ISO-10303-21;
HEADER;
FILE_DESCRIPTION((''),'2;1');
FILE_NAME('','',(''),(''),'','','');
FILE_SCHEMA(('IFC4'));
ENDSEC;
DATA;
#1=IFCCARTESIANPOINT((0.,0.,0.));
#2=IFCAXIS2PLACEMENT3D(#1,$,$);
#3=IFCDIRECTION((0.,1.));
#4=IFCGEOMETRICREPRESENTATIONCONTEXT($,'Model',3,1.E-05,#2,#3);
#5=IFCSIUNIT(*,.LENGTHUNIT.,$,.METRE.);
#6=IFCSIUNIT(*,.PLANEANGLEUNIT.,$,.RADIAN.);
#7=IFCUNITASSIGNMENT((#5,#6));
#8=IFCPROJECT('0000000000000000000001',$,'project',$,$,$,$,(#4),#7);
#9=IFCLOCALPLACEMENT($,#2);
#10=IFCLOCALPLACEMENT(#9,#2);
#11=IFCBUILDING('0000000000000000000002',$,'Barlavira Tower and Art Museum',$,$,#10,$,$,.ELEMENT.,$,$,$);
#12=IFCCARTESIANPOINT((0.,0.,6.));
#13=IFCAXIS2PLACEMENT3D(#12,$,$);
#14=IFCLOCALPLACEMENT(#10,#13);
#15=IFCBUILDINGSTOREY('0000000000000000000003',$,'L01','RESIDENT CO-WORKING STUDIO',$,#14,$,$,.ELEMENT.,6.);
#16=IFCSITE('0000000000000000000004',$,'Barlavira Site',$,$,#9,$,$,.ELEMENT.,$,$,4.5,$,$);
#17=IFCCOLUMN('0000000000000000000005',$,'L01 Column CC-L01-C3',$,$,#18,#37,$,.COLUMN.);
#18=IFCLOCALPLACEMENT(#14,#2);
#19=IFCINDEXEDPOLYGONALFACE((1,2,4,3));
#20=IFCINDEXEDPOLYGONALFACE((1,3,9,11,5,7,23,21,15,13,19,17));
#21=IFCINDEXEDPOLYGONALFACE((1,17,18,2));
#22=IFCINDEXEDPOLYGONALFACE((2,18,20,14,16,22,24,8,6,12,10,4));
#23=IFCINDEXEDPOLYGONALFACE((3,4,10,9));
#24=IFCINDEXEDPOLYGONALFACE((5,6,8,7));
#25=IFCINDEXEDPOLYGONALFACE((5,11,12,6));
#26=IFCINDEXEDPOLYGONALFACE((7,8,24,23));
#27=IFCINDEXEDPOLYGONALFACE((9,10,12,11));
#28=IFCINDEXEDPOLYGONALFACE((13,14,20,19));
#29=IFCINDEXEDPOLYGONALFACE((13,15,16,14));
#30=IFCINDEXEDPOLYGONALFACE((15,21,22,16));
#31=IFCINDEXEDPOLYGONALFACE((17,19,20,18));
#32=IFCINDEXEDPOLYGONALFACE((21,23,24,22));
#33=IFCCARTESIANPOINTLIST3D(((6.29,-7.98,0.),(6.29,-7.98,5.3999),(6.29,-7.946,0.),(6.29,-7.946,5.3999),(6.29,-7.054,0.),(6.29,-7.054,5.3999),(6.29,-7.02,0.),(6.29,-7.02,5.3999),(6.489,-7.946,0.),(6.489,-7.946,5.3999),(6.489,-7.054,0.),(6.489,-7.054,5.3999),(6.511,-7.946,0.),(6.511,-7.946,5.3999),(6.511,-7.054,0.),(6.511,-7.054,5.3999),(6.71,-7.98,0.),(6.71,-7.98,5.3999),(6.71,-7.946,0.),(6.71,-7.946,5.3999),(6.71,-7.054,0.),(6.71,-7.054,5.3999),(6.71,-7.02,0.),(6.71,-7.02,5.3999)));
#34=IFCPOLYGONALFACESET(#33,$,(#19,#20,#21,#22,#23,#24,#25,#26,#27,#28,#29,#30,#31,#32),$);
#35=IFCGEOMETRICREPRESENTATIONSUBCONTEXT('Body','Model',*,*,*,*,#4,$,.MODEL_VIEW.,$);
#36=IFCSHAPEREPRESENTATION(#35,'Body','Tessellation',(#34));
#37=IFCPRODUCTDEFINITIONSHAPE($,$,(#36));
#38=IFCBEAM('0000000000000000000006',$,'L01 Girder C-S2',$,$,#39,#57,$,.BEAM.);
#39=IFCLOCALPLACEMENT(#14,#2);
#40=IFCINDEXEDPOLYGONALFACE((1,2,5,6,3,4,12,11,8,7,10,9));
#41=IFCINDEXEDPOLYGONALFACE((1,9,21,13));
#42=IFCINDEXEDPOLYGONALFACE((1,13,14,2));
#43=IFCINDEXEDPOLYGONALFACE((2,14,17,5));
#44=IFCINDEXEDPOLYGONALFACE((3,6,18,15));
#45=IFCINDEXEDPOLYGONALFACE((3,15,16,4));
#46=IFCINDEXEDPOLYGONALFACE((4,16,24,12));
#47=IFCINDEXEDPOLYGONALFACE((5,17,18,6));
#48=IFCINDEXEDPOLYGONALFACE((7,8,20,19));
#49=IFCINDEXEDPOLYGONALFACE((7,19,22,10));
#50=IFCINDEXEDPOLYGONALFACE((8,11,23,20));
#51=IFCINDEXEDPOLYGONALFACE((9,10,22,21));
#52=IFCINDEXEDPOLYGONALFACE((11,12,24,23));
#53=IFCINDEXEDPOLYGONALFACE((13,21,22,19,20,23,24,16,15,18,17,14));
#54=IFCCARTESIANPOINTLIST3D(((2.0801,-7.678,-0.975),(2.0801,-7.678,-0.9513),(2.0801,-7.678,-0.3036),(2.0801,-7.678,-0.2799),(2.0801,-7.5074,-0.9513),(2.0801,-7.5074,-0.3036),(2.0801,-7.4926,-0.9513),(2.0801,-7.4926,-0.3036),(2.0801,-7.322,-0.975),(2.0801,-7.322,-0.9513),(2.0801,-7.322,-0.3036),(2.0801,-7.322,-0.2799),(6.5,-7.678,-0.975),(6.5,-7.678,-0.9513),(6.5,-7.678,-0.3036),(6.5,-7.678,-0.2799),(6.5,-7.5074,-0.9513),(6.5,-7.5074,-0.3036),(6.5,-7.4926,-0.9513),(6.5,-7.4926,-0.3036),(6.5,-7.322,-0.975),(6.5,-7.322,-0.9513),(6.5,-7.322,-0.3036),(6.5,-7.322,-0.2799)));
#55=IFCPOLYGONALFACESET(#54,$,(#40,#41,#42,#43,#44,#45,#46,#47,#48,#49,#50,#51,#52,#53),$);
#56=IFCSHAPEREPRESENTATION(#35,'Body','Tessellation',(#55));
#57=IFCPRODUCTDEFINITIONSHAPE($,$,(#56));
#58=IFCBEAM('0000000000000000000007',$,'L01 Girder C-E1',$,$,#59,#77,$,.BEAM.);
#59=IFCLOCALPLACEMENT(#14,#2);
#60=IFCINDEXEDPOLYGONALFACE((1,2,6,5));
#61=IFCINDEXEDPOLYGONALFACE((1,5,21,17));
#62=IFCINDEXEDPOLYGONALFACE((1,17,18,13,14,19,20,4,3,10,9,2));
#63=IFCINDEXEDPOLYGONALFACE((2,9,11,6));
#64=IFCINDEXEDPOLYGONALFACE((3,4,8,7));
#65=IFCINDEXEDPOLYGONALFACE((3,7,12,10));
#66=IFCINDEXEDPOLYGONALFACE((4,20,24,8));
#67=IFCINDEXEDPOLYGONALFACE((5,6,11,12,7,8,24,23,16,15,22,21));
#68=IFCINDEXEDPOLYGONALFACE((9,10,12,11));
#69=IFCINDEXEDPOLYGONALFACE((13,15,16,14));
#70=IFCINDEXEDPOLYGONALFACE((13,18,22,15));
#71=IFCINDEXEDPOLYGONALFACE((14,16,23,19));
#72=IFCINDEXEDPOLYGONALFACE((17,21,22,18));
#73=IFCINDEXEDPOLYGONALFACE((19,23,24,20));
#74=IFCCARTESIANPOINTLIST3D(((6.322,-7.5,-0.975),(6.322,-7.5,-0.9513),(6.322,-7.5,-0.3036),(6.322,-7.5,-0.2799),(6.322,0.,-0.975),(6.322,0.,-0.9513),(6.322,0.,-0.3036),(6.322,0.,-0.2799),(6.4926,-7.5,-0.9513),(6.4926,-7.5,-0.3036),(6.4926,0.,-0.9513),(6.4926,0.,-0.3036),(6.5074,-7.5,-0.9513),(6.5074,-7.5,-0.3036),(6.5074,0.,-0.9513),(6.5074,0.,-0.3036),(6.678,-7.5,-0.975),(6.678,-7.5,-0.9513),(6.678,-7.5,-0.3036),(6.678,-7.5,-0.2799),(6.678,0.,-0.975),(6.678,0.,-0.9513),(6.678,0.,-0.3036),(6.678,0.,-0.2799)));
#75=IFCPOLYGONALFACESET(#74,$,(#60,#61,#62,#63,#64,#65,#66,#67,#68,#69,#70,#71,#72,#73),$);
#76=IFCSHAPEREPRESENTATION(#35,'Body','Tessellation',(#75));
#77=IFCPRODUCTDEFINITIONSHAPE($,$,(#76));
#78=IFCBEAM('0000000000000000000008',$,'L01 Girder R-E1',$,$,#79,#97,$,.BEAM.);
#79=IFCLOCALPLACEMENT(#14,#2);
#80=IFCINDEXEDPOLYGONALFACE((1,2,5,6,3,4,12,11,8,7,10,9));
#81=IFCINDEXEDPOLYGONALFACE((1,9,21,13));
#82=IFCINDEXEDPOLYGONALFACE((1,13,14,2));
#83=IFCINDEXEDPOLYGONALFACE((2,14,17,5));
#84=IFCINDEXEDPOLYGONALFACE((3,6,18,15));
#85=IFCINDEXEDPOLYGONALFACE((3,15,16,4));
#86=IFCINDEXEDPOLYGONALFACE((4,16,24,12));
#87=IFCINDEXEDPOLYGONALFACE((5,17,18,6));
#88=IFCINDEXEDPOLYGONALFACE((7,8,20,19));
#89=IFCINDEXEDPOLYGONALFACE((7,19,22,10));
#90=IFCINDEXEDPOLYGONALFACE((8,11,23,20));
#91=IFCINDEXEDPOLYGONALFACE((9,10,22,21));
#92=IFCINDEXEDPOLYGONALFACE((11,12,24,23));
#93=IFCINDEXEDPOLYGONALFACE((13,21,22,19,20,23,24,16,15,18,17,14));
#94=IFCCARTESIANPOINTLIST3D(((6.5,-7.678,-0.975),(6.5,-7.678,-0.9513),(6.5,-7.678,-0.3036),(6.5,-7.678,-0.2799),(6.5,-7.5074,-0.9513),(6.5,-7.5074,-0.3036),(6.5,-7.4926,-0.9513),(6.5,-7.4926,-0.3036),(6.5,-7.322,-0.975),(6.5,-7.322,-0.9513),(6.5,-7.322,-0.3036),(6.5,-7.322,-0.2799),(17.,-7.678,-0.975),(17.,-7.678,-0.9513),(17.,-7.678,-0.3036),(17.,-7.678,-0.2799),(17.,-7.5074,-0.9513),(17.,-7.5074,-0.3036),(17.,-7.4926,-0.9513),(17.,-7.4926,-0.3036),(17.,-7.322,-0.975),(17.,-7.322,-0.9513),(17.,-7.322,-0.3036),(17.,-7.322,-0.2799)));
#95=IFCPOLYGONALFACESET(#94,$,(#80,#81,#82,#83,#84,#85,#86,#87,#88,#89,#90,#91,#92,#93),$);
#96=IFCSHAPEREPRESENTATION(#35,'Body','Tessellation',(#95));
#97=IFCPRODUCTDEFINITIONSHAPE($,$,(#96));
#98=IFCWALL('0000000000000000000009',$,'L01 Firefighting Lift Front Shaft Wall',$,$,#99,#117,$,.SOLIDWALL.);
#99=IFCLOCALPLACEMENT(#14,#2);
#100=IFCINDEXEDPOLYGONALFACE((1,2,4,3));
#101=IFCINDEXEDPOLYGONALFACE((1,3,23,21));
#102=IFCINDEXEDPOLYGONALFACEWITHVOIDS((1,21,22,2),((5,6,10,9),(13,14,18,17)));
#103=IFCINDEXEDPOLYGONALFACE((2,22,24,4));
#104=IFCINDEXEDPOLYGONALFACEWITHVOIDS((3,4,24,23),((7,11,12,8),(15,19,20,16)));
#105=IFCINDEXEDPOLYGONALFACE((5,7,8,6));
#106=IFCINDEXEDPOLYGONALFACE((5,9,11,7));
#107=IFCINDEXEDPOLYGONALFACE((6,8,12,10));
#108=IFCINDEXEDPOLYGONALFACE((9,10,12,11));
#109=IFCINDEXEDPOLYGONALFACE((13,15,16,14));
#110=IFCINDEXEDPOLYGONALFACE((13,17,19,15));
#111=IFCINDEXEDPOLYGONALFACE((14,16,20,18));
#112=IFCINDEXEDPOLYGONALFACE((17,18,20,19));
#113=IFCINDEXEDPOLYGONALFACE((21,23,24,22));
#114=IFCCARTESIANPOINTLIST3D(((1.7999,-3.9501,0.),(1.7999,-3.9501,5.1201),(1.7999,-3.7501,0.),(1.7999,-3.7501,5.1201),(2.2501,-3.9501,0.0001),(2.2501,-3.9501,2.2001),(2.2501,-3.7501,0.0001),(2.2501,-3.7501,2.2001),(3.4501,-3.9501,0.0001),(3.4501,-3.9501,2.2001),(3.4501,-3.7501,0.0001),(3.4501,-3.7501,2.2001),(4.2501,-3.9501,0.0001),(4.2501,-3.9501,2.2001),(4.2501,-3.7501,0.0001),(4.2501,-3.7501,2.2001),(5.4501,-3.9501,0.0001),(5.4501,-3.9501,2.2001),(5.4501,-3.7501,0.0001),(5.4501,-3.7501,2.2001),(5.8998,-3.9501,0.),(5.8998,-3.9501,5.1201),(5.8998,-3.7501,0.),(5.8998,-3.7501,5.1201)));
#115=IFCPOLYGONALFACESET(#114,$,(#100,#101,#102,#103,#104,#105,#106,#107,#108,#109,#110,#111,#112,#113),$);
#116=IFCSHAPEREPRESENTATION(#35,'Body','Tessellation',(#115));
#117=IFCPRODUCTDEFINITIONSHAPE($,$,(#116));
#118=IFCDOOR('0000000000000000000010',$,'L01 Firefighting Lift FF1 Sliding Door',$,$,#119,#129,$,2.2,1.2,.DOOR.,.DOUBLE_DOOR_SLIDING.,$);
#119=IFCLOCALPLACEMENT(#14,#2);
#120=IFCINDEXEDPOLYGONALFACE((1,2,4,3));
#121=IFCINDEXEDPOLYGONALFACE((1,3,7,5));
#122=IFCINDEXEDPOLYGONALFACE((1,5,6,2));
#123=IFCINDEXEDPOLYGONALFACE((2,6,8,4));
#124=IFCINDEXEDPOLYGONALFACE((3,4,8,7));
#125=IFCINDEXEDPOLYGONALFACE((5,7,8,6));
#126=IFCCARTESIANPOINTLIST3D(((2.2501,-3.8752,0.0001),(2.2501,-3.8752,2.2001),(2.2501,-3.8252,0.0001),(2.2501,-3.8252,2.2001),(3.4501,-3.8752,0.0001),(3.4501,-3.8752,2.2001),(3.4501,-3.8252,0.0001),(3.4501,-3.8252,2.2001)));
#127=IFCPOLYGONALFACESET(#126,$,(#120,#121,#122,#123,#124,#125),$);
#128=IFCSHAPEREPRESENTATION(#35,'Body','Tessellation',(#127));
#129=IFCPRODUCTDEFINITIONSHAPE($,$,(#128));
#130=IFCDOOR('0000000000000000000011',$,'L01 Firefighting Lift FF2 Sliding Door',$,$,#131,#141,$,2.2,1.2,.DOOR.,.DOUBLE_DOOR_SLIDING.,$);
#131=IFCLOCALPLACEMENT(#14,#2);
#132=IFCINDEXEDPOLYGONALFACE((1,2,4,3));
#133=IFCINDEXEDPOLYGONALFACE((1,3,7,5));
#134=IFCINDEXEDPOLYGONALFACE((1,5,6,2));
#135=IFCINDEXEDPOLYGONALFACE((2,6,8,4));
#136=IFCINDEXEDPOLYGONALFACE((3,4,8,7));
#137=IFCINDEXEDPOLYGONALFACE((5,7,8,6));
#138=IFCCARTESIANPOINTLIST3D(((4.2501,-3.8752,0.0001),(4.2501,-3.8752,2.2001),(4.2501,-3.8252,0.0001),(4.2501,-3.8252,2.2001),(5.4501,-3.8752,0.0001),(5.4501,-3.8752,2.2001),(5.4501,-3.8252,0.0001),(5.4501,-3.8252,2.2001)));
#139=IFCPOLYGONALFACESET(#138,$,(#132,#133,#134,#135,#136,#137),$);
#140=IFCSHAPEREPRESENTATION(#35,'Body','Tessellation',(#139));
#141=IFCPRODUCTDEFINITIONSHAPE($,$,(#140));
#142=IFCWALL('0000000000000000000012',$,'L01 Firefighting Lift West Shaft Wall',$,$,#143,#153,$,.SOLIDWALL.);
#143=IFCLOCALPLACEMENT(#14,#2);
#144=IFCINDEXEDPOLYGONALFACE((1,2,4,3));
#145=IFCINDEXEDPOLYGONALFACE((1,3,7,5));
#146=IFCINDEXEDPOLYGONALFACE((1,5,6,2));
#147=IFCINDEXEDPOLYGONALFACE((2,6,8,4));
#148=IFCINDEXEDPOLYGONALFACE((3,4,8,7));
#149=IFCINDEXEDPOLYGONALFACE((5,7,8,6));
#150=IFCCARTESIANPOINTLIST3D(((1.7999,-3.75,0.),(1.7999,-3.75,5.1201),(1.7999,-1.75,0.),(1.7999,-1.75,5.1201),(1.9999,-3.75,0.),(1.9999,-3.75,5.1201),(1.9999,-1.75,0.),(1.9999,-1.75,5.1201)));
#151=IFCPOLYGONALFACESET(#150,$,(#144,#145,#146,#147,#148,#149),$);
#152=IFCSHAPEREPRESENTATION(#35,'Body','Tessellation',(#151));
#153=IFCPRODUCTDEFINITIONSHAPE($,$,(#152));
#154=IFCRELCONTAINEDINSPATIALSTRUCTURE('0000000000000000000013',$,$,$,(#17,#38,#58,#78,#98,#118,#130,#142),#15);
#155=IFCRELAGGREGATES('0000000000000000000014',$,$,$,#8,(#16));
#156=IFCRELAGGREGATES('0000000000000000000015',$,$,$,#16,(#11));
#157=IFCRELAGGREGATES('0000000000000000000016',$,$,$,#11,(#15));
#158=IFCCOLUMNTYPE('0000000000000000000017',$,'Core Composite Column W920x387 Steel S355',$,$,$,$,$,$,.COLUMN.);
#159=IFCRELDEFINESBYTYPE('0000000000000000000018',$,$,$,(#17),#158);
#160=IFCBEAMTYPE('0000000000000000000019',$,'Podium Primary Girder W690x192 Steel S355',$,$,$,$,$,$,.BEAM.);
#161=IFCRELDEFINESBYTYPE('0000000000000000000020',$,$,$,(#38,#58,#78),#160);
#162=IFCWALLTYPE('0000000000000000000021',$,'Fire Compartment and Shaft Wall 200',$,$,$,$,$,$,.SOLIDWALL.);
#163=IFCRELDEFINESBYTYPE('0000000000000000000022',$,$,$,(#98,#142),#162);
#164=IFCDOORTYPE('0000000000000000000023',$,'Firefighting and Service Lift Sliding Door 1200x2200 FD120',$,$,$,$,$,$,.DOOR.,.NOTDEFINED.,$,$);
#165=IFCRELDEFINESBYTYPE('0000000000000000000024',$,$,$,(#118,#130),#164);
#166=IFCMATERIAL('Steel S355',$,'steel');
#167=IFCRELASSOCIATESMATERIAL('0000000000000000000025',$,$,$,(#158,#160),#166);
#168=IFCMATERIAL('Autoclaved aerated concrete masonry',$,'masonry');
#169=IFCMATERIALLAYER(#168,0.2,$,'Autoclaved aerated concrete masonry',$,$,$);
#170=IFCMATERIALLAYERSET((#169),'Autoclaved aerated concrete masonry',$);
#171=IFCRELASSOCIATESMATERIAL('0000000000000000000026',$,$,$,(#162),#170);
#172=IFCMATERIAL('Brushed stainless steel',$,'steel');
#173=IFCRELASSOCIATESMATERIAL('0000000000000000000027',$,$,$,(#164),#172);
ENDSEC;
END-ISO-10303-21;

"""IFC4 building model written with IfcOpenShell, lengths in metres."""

from ifc_helpers import new_model, si_unit, direction, frame, frame_2d, origin, origin_2d, place, context, subcontext, project, spatial, rectangle, i_section, extrude, material, layer, layer_set, material_profile, profile_set, type_object, element, fill, save


model = new_model("IFC4")

# Units and contexts
model_context = context("Model", 3, precision=1e-05, world=origin(), true_north=direction((0.0, 1.0)))
body_context = subcontext(model_context, "Body", "Model", "MODEL_VIEW")
ifc_project = project(units=[si_unit("LENGTHUNIT", "METRE"), si_unit("PLANEANGLEUNIT", "RADIAN")], contexts=[model_context])

# Site, building, storey
site_placement = place(None, origin())
site = spatial("IfcSite", under=ifc_project, at=site_placement, Name="Barlavira Site", CompositionType="ELEMENT", RefElevation=4.5)
building_placement = place(site_placement, origin())
building = spatial("IfcBuilding", under=site, at=building_placement, Name="Barlavira Tower and Art Museum", CompositionType="ELEMENT")
storey_placement = place(building_placement, frame((0.0, 0.0, 6.0)))
storey = spatial("IfcBuildingStorey", under=building, at=storey_placement, Name="L01", Description="RESIDENT CO-WORKING STUDIO", CompositionType="ELEMENT", Elevation=6.0)

# Column
ifc_material_1 = material(Name="Steel S355", Category="steel")
ifc_material_profile_1 = material_profile(ifc_material_1, i_section(OverallWidth=0.4199, OverallDepth=0.96, WebThickness=0.022, FlangeThickness=0.0339, at=origin_2d()), Name="W920x387.0")
ifc_profile_set_1 = profile_set([ifc_material_profile_1], Name="Steel S355")
column_type = type_object("IfcColumnType", Name="Core Composite Column W920x387 Steel S355", PredefinedType="COLUMN", material=ifc_profile_set_1)
column_placement = place(storey_placement, frame((6.5, -7.5, 0.0), z_axis=(0.0, 0.0, 1.0), x_axis=(1.0, 0.0, 0.0)))
element("IfcColumn", 1, at=column_placement, inside=storey, type_object=column_type, Name="L01 Column CC-L01-C3", PredefinedType="COLUMN", context=body_context, shape_type="SweptSolid", body=[
    extrude(i_section(OverallWidth=0.4199, OverallDepth=0.96, WebThickness=0.022, FlangeThickness=0.0339, at=origin_2d()), origin(), (0.0, 0.0, 1.0), 5.3999),
])

# Beams
ifc_material_profile_2 = material_profile(ifc_material_1, i_section(OverallWidth=0.356, OverallDepth=0.6951, WebThickness=0.0149, FlangeThickness=0.0237, at=origin_2d()), Name="W690x192.0")
ifc_profile_set_2 = profile_set([ifc_material_profile_2], Name="Steel S355")
beam_type = type_object("IfcBeamType", Name="Podium Primary Girder W690x192 Steel S355", PredefinedType="BEAM", material=ifc_profile_set_2)
beam_1_placement = place(storey_placement, frame((2.0801, -7.5, -0.6274), z_axis=(1.0, 0.0, 0.0), x_axis=(0.0, 1.0, 0.0)))
element("IfcBeam", 2, at=beam_1_placement, inside=storey, type_object=beam_type, Name="L01 Girder C-S2", PredefinedType="BEAM", context=body_context, shape_type="SweptSolid", body=[
    extrude(i_section(OverallWidth=0.356, OverallDepth=0.6951, WebThickness=0.0149, FlangeThickness=0.0237, at=origin_2d()), origin(), (0.0, 0.0, 1.0), 4.4199),
])
beam_2_placement = place(storey_placement, frame((6.5, -7.5, -0.6274), z_axis=(0.0, 1.0, 0.0), x_axis=(-1.0, 0.0, 0.0)))
element("IfcBeam", 3, at=beam_2_placement, inside=storey, type_object=beam_type, Name="L01 Girder C-E1", PredefinedType="BEAM", context=body_context, shape_type="SweptSolid", body=[
    extrude(i_section(OverallWidth=0.356, OverallDepth=0.6951, WebThickness=0.0149, FlangeThickness=0.0237, at=origin_2d()), origin(), (0.0, 0.0, 1.0), 7.5),
])
beam_3_placement = place(storey_placement, frame((6.5, -7.5, -0.6274), z_axis=(1.0, 0.0, 0.0), x_axis=(0.0, 1.0, 0.0)))
element("IfcBeam", 4, at=beam_3_placement, inside=storey, type_object=beam_type, Name="L01 Girder R-E1", PredefinedType="BEAM", context=body_context, shape_type="SweptSolid", body=[
    extrude(i_section(OverallWidth=0.356, OverallDepth=0.6951, WebThickness=0.0149, FlangeThickness=0.0237, at=origin_2d()), origin(), (0.0, 0.0, 1.0), 10.5),
])

# Shared definitions
ifc_material_2 = material(Name="Brushed stainless steel", Category="steel")

# Wall, openings, doors
ifc_material_3 = material(Name="Autoclaved aerated concrete masonry", Category="masonry")
ifc_layer_1 = layer(ifc_material_3, 0.2, Name="Autoclaved aerated concrete masonry")
ifc_layer_set_1 = layer_set([ifc_layer_1], Name="Autoclaved aerated concrete masonry")
wall_type_1 = type_object("IfcWallType", Name="Fire Compartment and Shaft Wall 200", PredefinedType="SOLIDWALL", material=ifc_layer_set_1)
wall_1_placement = place(storey_placement, frame((1.8, -3.8501, 0.0), z_axis=(0.0, 0.0, 1.0), x_axis=(1.0, 0.0, 0.0)))
wall_1 = element("IfcWall", 5, at=wall_1_placement, inside=storey, type_object=wall_type_1, Name="L01 Firefighting Lift Front Shaft Wall", PredefinedType="SOLIDWALL", context=body_context, shape_type="SweptSolid", body=[
    extrude(rectangle(XDim=4.0999, YDim=0.2, at=frame_2d((2.0498, 0.0))), origin(), (0.0, 0.0, 1.0), 5.1201),
])
opening_1_placement = place(wall_1_placement, frame((0.45, 0.0, 0.0)))
opening_1 = element("IfcOpeningElement", 6, at=opening_1_placement, cuts=wall_1, PredefinedType="OPENING", context=body_context, shape_type="SweptSolid", body=[
    extrude(rectangle(XDim=1.2, YDim=2.2, at=frame_2d((0.6001, 1.1001))), frame((0.0, 0.1099, 0.0), z_axis=(0.0, -1.0, 0.0), x_axis=(1.0, 0.0, 0.0)), (0.0, 0.0, 1.0), 0.22),
])
opening_2_placement = place(wall_1_placement, frame((2.45, 0.0, 0.0)))
opening_2 = element("IfcOpeningElement", 7, at=opening_2_placement, cuts=wall_1, PredefinedType="OPENING", context=body_context, shape_type="SweptSolid", body=[
    extrude(rectangle(XDim=1.2, YDim=2.2, at=frame_2d((0.6001, 1.1001))), frame((0.0, 0.1099, 0.0), z_axis=(0.0, -1.0, 0.0), x_axis=(1.0, 0.0, 0.0)), (0.0, 0.0, 1.0), 0.22),
])
door_type_1 = type_object("IfcDoorType", Name="Firefighting and Service Lift Sliding Door 1200x2200 FD120", OperationType="NOTDEFINED", PredefinedType="DOOR", material=ifc_material_2)
door_1_placement = place(opening_1_placement, origin())
door_1 = element("IfcDoor", 8, at=door_1_placement, inside=storey, type_object=door_type_1, Name="L01 Firefighting Lift FF1 Sliding Door", OperationType="DOUBLE_DOOR_SLIDING", OverallHeight=2.2, OverallWidth=1.2, PredefinedType="DOOR", context=body_context, shape_type="SweptSolid", body=[
    extrude(rectangle(XDim=1.2, YDim=2.2, at=frame_2d((0.6001, 1.1001))), frame((0.0, 0.0249, 0.0), z_axis=(0.0, -1.0, 0.0), x_axis=(1.0, 0.0, 0.0)), (0.0, 0.0, 1.0), 0.05),
])
fill(opening_1, door_1)
door_2_placement = place(opening_2_placement, origin())
door_2 = element("IfcDoor", 9, at=door_2_placement, inside=storey, type_object=door_type_1, Name="L01 Firefighting Lift FF2 Sliding Door", OperationType="DOUBLE_DOOR_SLIDING", OverallHeight=2.2, OverallWidth=1.2, PredefinedType="DOOR", context=body_context, shape_type="SweptSolid", body=[
    extrude(rectangle(XDim=1.2, YDim=2.2, at=frame_2d((0.6001, 1.1001))), frame((0.0, 0.0249, 0.0), z_axis=(0.0, -1.0, 0.0), x_axis=(1.0, 0.0, 0.0)), (0.0, 0.0, 1.0), 0.05),
])
fill(opening_2, door_2)

# Wall
wall_2_placement = place(storey_placement, frame((1.8999, -3.75, 0.0), z_axis=(0.0, 0.0, 1.0), x_axis=(0.0, 1.0, 0.0)))
element("IfcWall", 10, at=wall_2_placement, inside=storey, type_object=wall_type_1, Name="L01 Firefighting Lift West Shaft Wall", PredefinedType="SOLIDWALL", context=body_context, shape_type="SweptSolid", body=[
    extrude(rectangle(XDim=2.0, YDim=0.2, at=frame_2d((1.0, 0.0))), origin(), (0.0, 0.0, 1.0), 5.1201),
])

save(model, "model.ifc")
